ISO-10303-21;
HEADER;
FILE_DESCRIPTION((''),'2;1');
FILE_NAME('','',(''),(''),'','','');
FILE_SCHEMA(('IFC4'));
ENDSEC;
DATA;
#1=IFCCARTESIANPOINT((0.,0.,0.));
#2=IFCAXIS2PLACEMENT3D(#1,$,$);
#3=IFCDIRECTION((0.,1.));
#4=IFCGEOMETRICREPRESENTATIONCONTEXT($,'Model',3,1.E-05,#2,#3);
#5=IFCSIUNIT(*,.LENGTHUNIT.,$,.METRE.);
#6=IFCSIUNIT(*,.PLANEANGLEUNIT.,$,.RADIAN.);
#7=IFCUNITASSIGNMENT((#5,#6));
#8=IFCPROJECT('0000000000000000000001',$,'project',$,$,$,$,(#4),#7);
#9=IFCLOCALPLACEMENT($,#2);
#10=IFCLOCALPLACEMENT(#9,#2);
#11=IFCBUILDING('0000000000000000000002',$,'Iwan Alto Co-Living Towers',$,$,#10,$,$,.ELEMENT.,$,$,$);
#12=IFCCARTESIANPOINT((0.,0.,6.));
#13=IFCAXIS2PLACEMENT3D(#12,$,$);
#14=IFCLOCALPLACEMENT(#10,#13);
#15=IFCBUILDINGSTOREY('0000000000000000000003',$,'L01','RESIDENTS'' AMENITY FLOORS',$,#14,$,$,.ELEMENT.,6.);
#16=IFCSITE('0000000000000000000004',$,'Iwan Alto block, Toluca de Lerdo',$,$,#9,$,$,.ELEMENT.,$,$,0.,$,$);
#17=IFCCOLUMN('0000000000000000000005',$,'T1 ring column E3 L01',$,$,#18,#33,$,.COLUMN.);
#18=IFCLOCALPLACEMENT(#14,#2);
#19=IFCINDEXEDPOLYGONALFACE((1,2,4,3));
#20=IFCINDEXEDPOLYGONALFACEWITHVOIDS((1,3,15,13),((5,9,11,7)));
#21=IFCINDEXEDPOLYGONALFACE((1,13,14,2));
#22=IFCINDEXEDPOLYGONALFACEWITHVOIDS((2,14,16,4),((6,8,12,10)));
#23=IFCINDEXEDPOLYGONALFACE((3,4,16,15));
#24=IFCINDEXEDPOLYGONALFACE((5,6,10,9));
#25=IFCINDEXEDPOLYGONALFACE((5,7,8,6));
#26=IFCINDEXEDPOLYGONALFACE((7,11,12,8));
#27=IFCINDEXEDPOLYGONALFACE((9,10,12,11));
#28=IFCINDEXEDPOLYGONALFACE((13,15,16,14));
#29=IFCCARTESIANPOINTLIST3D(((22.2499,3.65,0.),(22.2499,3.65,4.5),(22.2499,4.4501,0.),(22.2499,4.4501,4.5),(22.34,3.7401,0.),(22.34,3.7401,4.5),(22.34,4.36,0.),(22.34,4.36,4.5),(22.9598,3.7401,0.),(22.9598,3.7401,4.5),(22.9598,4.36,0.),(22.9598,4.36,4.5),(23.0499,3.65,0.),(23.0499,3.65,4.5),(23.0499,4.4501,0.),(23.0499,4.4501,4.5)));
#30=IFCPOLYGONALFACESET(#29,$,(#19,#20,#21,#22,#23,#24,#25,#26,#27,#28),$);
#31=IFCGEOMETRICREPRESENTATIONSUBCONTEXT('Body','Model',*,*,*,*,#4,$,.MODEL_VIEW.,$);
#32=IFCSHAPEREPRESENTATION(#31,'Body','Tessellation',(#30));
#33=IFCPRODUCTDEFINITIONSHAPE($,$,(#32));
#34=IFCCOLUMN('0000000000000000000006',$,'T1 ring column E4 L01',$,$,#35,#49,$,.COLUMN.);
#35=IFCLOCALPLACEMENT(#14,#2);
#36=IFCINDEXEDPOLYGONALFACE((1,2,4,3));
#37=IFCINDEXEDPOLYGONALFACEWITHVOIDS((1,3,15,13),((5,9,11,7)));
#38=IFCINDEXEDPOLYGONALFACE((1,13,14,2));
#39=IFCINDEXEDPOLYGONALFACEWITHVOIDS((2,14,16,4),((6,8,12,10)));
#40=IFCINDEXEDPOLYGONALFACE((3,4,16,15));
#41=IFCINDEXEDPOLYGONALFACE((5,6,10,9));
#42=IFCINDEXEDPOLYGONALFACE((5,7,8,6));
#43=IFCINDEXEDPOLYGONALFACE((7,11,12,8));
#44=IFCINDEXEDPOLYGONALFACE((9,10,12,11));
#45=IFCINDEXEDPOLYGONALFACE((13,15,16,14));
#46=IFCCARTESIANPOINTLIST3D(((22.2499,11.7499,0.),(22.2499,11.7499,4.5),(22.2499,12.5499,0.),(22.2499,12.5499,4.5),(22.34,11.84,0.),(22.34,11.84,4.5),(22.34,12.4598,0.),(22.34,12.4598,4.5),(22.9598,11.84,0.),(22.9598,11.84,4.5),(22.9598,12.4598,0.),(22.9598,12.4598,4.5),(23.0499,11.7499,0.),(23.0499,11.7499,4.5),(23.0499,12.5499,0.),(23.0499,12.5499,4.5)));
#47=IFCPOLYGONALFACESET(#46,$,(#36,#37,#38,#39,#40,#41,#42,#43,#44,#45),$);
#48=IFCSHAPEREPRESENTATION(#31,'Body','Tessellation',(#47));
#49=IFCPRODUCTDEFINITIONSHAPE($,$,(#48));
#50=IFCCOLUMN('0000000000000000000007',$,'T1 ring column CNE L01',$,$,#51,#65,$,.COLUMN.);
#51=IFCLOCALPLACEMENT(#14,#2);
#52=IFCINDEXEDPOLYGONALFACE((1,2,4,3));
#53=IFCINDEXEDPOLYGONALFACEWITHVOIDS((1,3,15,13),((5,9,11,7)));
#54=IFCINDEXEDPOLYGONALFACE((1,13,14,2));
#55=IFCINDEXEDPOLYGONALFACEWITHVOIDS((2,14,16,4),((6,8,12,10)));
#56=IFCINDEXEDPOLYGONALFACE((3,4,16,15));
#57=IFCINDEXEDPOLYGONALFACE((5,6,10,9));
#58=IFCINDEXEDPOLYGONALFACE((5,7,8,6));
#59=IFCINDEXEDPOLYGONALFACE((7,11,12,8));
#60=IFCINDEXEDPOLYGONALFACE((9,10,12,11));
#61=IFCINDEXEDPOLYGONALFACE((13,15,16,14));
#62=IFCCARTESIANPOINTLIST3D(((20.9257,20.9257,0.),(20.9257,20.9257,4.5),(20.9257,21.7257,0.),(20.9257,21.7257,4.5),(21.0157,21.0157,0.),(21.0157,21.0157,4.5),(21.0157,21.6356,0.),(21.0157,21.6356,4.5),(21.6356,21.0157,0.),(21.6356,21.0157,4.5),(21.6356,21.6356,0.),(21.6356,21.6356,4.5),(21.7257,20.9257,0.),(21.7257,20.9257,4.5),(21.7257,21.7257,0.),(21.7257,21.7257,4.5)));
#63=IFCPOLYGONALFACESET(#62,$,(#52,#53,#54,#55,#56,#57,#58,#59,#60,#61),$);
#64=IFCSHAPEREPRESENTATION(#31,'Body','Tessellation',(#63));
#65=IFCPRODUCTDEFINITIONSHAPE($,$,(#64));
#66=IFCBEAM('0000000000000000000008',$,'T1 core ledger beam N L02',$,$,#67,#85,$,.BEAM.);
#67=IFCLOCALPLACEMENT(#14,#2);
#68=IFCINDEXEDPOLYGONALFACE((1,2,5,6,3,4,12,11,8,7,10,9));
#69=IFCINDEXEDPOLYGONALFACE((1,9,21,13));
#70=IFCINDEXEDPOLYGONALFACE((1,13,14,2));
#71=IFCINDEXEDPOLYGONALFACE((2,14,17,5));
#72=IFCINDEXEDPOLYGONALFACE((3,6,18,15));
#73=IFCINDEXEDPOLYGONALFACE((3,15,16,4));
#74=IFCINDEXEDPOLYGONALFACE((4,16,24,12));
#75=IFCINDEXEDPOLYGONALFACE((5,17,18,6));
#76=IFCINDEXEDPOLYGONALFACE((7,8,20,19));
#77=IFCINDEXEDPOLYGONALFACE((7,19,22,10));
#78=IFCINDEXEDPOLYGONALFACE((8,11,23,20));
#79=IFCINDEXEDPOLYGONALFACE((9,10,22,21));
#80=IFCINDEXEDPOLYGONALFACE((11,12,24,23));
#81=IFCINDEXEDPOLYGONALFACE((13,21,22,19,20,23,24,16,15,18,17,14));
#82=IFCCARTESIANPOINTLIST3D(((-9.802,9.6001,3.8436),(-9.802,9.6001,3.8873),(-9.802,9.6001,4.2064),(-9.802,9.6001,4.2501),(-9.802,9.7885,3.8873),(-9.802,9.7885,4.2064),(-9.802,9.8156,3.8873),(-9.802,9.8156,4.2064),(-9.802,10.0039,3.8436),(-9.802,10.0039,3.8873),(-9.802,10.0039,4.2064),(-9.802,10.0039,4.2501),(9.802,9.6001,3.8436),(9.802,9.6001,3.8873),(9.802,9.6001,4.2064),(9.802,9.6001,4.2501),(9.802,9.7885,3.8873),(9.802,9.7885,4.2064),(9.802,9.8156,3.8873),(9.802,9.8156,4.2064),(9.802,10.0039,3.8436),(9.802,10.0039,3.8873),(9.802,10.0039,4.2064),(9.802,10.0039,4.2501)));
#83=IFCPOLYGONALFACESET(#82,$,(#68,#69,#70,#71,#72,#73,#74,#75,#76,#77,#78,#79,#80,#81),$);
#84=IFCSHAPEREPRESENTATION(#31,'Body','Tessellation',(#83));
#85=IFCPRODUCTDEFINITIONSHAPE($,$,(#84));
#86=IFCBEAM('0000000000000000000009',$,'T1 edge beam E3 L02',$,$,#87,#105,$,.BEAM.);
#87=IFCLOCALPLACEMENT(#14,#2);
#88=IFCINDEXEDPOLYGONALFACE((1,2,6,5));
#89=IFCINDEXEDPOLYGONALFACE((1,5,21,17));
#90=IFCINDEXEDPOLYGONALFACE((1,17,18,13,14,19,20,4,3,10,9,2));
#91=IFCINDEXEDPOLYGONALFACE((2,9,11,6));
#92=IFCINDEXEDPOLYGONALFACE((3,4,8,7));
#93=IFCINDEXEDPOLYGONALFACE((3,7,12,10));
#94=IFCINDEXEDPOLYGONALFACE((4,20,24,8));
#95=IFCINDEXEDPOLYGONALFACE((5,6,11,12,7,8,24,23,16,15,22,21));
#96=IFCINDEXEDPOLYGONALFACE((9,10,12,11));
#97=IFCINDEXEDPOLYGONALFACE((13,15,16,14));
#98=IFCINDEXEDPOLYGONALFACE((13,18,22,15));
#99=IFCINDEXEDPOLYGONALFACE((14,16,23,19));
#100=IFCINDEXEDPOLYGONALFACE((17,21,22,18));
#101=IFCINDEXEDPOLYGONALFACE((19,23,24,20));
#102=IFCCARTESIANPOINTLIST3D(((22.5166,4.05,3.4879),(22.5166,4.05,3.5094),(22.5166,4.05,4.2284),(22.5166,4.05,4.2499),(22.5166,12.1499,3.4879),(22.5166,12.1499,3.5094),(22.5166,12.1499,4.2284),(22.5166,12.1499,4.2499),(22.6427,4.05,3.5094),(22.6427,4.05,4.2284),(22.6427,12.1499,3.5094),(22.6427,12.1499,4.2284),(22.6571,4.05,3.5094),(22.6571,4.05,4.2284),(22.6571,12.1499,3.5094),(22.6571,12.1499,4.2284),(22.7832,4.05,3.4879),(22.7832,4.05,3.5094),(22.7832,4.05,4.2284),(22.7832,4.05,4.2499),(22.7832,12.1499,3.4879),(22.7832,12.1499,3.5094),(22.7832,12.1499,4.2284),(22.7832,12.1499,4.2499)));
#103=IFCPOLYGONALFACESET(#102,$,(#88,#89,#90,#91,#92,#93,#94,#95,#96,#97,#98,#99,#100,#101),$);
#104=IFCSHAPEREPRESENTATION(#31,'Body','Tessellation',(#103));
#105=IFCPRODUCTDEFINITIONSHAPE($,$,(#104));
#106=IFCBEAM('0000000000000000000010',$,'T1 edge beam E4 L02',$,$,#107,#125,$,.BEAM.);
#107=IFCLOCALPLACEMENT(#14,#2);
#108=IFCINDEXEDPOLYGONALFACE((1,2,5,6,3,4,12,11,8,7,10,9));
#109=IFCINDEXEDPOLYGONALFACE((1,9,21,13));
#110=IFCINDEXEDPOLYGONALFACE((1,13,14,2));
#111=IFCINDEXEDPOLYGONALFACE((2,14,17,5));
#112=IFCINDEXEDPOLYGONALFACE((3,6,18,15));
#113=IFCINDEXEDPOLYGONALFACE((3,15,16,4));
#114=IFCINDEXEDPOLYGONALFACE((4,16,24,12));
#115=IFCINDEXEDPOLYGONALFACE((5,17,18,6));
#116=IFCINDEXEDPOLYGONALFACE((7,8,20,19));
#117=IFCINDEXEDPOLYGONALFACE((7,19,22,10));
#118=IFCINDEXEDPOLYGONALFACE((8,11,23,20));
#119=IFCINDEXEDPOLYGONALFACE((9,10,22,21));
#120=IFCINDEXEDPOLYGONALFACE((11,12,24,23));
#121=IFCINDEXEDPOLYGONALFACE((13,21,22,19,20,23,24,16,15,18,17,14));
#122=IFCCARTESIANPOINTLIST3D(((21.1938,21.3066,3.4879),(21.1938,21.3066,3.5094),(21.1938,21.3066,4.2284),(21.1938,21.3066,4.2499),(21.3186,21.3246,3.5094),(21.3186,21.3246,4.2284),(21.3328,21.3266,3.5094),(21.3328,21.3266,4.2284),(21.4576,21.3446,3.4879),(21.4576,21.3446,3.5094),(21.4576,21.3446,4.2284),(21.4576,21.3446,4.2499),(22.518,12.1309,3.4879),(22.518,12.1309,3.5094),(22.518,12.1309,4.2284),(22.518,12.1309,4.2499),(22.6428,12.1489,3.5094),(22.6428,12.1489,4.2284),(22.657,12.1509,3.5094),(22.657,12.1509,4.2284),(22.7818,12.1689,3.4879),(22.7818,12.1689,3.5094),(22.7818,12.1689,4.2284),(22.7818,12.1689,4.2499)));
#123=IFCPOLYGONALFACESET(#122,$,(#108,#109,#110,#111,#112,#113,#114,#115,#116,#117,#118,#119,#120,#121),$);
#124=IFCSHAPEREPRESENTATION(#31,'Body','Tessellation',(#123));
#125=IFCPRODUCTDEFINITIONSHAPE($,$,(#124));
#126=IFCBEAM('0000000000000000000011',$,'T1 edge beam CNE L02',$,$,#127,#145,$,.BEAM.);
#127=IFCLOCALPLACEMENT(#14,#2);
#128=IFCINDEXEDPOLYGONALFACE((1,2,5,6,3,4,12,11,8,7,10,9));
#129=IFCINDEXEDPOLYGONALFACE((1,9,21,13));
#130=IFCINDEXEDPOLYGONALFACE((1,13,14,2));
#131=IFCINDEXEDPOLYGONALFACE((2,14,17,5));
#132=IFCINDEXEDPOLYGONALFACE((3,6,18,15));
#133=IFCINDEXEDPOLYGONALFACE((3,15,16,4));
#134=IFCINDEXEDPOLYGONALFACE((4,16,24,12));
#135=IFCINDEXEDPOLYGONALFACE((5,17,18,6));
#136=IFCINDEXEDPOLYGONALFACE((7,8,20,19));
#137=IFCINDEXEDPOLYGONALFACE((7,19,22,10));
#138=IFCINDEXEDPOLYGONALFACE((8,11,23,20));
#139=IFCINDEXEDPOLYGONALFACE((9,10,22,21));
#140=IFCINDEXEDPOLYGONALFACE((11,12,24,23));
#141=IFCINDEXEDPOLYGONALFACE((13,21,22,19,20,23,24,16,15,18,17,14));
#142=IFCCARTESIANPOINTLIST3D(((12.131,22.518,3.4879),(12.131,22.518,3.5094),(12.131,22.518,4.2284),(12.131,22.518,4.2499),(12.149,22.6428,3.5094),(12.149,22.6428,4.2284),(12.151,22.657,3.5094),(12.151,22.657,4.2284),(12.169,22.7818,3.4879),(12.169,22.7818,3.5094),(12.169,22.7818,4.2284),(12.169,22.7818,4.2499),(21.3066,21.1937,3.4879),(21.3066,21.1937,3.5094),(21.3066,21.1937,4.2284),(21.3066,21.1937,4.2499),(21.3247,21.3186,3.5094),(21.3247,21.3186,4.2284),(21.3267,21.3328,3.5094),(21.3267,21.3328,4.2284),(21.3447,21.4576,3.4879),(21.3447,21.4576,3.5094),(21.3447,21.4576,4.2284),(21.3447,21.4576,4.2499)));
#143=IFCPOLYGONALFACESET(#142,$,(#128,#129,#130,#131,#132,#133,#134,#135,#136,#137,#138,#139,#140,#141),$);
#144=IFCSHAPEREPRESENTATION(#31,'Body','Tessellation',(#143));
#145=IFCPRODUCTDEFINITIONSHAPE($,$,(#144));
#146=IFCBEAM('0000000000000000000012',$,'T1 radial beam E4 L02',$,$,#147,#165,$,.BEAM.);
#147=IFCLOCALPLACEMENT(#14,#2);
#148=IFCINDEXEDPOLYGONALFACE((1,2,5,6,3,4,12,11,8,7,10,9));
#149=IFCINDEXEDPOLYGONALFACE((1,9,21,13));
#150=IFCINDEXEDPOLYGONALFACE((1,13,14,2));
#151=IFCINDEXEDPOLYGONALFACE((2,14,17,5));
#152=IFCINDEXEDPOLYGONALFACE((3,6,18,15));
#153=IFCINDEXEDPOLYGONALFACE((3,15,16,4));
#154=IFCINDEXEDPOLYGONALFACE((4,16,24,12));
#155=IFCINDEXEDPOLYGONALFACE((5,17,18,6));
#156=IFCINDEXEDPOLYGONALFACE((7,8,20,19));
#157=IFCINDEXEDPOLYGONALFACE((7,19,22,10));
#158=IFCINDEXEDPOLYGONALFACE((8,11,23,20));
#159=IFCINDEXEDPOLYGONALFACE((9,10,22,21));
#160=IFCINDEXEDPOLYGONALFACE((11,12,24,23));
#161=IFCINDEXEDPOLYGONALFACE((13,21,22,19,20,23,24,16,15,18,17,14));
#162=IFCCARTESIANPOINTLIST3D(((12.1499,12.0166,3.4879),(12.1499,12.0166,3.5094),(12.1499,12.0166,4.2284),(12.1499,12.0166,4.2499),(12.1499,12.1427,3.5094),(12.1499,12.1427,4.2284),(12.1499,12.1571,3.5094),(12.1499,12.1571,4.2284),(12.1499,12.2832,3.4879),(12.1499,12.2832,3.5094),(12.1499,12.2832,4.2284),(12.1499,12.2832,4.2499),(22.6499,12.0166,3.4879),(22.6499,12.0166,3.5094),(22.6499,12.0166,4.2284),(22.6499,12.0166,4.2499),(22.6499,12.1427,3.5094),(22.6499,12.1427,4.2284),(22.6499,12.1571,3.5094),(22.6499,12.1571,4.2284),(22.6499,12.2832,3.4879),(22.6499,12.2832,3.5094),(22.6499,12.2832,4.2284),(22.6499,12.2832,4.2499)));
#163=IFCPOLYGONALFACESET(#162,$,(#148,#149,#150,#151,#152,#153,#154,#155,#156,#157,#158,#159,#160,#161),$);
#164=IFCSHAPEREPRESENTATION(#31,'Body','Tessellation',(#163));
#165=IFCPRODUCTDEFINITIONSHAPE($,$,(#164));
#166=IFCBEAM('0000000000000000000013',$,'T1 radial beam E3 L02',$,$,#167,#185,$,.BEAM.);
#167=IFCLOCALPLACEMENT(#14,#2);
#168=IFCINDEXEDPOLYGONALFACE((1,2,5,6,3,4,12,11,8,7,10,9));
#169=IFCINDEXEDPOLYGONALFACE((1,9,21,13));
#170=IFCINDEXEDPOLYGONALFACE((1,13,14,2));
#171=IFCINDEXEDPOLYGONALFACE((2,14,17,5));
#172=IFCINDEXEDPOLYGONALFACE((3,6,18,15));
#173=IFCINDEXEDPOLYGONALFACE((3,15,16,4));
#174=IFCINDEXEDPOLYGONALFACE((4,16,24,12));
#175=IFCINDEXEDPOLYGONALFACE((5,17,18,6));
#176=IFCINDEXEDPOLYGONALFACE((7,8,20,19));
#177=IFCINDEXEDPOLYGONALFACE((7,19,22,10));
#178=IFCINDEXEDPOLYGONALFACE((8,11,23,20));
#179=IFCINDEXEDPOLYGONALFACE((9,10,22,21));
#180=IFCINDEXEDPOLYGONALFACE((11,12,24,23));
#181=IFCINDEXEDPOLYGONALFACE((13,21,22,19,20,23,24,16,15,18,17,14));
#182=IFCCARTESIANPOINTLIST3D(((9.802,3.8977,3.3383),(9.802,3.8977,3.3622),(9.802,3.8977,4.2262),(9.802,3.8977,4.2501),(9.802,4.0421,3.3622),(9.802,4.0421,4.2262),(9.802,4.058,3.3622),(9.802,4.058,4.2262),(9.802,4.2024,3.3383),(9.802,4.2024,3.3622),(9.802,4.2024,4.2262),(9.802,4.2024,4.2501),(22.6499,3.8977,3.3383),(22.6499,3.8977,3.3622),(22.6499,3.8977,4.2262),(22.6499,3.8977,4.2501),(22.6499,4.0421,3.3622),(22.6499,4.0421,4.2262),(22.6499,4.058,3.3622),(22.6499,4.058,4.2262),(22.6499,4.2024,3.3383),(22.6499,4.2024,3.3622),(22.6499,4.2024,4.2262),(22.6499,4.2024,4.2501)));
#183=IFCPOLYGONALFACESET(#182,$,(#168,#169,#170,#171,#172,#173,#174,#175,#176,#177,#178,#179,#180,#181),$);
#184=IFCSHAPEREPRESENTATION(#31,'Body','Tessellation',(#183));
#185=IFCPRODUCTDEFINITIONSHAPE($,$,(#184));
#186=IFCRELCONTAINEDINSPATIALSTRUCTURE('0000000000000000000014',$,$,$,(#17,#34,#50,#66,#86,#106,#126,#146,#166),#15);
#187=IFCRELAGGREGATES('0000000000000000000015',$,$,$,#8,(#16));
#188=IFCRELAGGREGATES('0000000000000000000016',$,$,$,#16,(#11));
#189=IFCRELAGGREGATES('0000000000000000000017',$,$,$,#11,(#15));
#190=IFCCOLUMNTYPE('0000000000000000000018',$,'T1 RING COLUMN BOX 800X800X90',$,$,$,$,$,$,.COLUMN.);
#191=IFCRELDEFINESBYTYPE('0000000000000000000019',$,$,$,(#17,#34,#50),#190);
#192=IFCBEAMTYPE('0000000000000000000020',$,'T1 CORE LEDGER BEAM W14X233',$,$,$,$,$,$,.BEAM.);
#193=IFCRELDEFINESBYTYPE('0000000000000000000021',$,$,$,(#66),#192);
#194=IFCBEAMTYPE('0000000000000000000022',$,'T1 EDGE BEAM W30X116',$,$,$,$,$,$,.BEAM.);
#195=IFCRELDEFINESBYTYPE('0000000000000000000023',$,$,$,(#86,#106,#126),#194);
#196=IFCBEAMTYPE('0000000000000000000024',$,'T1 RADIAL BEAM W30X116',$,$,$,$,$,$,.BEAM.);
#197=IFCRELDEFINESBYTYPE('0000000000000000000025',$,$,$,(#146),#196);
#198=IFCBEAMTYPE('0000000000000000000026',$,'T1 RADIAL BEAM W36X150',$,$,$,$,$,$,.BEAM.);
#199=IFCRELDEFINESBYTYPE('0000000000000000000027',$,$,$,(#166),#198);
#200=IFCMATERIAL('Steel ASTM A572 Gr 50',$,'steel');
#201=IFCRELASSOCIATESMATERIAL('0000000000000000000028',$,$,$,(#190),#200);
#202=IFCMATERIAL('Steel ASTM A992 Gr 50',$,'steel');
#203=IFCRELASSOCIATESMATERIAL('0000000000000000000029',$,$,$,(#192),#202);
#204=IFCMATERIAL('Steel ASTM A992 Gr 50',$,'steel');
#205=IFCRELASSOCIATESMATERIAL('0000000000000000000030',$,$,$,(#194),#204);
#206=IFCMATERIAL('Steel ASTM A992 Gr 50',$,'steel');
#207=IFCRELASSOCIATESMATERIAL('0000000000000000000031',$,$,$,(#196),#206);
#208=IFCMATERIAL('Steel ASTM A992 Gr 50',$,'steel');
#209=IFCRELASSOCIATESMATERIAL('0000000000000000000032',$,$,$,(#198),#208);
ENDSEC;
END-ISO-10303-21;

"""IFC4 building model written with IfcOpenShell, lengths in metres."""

from ifc_helpers import new_model, si_unit, direction, frame, origin, origin_2d, place, context, subcontext, project, spatial, hollow_rectangle, i_section, extrude, material, material_profile, profile_set, type_object, element, save


model = new_model("IFC4")

# Units and contexts
model_context = context("Model", 3, precision=1e-05, world=origin(), true_north=direction((0.0, 1.0)))
body_context = subcontext(model_context, "Body", "Model", "MODEL_VIEW")
ifc_project = project(units=[si_unit("LENGTHUNIT", "METRE"), si_unit("PLANEANGLEUNIT", "RADIAN")], contexts=[model_context])

# Site, building, storey
site_placement = place(None, origin())
site = spatial("IfcSite", under=ifc_project, at=site_placement, Name="Iwan Alto block, Toluca de Lerdo", CompositionType="ELEMENT", RefElevation=0.0)
building_placement = place(site_placement, origin())
building = spatial("IfcBuilding", under=site, at=building_placement, Name="Iwan Alto Co-Living Towers", CompositionType="ELEMENT")
storey_placement = place(building_placement, frame((0.0, 0.0, 6.0)))
storey = spatial("IfcBuildingStorey", under=building, at=storey_placement, Name="L01", Description="RESIDENTS' AMENITY FLOORS", CompositionType="ELEMENT", Elevation=6.0)

# Columns
ifc_material_1 = material(Name="Steel ASTM A572 Gr 50", Category="steel")
ifc_material_profile_1 = material_profile(ifc_material_1, hollow_rectangle(XDim=0.8, YDim=0.8, WallThickness=0.0901, at=origin_2d()), Name="BOX 800X800X90")
ifc_profile_set_1 = profile_set([ifc_material_profile_1], Name="Steel ASTM A572 Gr 50")
column_type = type_object("IfcColumnType", Name="T1 RING COLUMN BOX 800X800X90", PredefinedType="COLUMN", material=ifc_profile_set_1)
for number, where, z_axis, x_axis, name in (
    (1, (22.6499, 4.05, 0.0), (0.0, 0.0, 1.0), (1.0, 0.0, 0.0), "T1 ring column E3 L01"),
    (2, (22.6499, 12.1499, 0.0), (0.0, 0.0, 1.0), (1.0, 0.0, 0.0), "T1 ring column E4 L01"),
    (3, (21.3257, 21.3257, 0.0), (0.0, 0.0, 1.0), (1.0, 0.0, 0.0), "T1 ring column CNE L01"),
):
    element("IfcColumn", number, at=place(storey_placement, frame(where, z_axis=z_axis, x_axis=x_axis)), inside=storey, type_object=column_type, Name=name, PredefinedType="COLUMN", context=body_context, shape_type="SweptSolid", body=[
        extrude(hollow_rectangle(XDim=0.8, YDim=0.8, WallThickness=0.0901, at=origin_2d()), origin(), (0.0, 0.0, 1.0), 4.5),
    ])

# Beams
ifc_material_2 = material(Name="Steel ASTM A992 Gr 50", Category="steel")
ifc_material_profile_2 = material_profile(ifc_material_2, i_section(OverallWidth=0.4038, OverallDepth=0.4065, WebThickness=0.0271, FlangeThickness=0.0437, at=origin_2d()), Name="W14X233")
ifc_profile_set_2 = profile_set([ifc_material_profile_2], Name="Steel ASTM A992 Gr 50")
beam_type_1 = type_object("IfcBeamType", Name="T1 CORE LEDGER BEAM W14X233", PredefinedType="BEAM", material=ifc_profile_set_2)
beam_1_placement = place(storey_placement, frame((9.802, 9.802, 4.0469), z_axis=(-1.0, 0.0, 0.0), x_axis=(0.0, -1.0, 0.0)))
element("IfcBeam", 4, at=beam_1_placement, inside=storey, type_object=beam_type_1, Name="T1 core ledger beam N L02", PredefinedType="BEAM", context=body_context, shape_type="SweptSolid", body=[
    extrude(i_section(OverallWidth=0.4038, OverallDepth=0.4065, WebThickness=0.0271, FlangeThickness=0.0437, at=origin_2d()), origin(), (0.0, 0.0, 1.0), 19.604),
])
ifc_material_3 = material(Name="Steel ASTM A992 Gr 50", Category="steel")
ifc_material_profile_3 = material_profile(ifc_material_3, i_section(OverallWidth=0.2666, OverallDepth=0.762, WebThickness=0.0144, FlangeThickness=0.0215, at=origin_2d()), Name="W30X116")
ifc_profile_set_3 = profile_set([ifc_material_profile_3], Name="Steel ASTM A992 Gr 50")
beam_type_2 = type_object("IfcBeamType", Name="T1 EDGE BEAM W30X116", PredefinedType="BEAM", material=ifc_profile_set_3)
beam_2_placement = place(storey_placement, frame((22.6499, 4.05, 3.8689), z_axis=(0.0, 1.0, 0.0), x_axis=(-1.0, 0.0, 0.0)))
element("IfcBeam", 5, at=beam_2_placement, inside=storey, type_object=beam_type_2, Name="T1 edge beam E3 L02", PredefinedType="BEAM", context=body_context, shape_type="SweptSolid", body=[
    extrude(i_section(OverallWidth=0.2666, OverallDepth=0.762, WebThickness=0.0144, FlangeThickness=0.0215, at=origin_2d()), origin(), (0.0, 0.0, 1.0), 8.0999),
])
for number, where, z_axis, x_axis, name in (
    (6, (22.6499, 12.1499, 3.8689), (-0.142837, 0.989746, 0.0), (-0.989746, -0.142837, 0.0), "T1 edge beam E4 L02"),
    (7, (21.3257, 21.3257, 3.8689), (-0.989746, 0.142837, 0.0), (-0.142837, -0.989746, 0.0), "T1 edge beam CNE L02"),
):
    element("IfcBeam", number, at=place(storey_placement, frame(where, z_axis=z_axis, x_axis=x_axis)), inside=storey, type_object=beam_type_2, Name=name, PredefinedType="BEAM", context=body_context, shape_type="SweptSolid", body=[
        extrude(i_section(OverallWidth=0.2666, OverallDepth=0.762, WebThickness=0.0144, FlangeThickness=0.0215, at=origin_2d()), origin(), (0.0, 0.0, 1.0), 9.2708),
    ])
ifc_material_4 = material(Name="Steel ASTM A992 Gr 50", Category="steel")
ifc_material_profile_4 = material_profile(ifc_material_4, i_section(OverallWidth=0.2666, OverallDepth=0.762, WebThickness=0.0144, FlangeThickness=0.0215, at=origin_2d()), Name="W30X116")
ifc_profile_set_4 = profile_set([ifc_material_profile_4], Name="Steel ASTM A992 Gr 50")
beam_type_3 = type_object("IfcBeamType", Name="T1 RADIAL BEAM W30X116", PredefinedType="BEAM", material=ifc_profile_set_4)
beam_3_placement = place(storey_placement, frame((22.6499, 12.1499, 3.8689), z_axis=(-1.0, 0.0, 0.0), x_axis=(0.0, -1.0, 0.0)))
element("IfcBeam", 8, at=beam_3_placement, inside=storey, type_object=beam_type_3, Name="T1 radial beam E4 L02", PredefinedType="BEAM", context=body_context, shape_type="SweptSolid", body=[
    extrude(i_section(OverallWidth=0.2666, OverallDepth=0.762, WebThickness=0.0144, FlangeThickness=0.0215, at=origin_2d()), origin(), (0.0, 0.0, 1.0), 10.5),
])
ifc_material_5 = material(Name="Steel ASTM A992 Gr 50", Category="steel")
ifc_material_profile_5 = material_profile(ifc_material_5, i_section(OverallWidth=0.3047, OverallDepth=0.9119, WebThickness=0.0159, FlangeThickness=0.0239, at=origin_2d()), Name="W36X150")
ifc_profile_set_5 = profile_set([ifc_material_profile_5], Name="Steel ASTM A992 Gr 50")
beam_type_4 = type_object("IfcBeamType", Name="T1 RADIAL BEAM W36X150", PredefinedType="BEAM", material=ifc_profile_set_5)
beam_4_placement = place(storey_placement, frame((22.6499, 4.05, 3.7942), z_axis=(-1.0, 0.0, 0.0), x_axis=(0.0, -1.0, 0.0)))
element("IfcBeam", 9, at=beam_4_placement, inside=storey, type_object=beam_type_4, Name="T1 radial beam E3 L02", PredefinedType="BEAM", context=body_context, shape_type="SweptSolid", body=[
    extrude(i_section(OverallWidth=0.3047, OverallDepth=0.9119, WebThickness=0.0159, FlangeThickness=0.0239, at=origin_2d()), origin(), (0.0, 0.0, 1.0), 12.8479),
])

save(model, "model.ifc")
